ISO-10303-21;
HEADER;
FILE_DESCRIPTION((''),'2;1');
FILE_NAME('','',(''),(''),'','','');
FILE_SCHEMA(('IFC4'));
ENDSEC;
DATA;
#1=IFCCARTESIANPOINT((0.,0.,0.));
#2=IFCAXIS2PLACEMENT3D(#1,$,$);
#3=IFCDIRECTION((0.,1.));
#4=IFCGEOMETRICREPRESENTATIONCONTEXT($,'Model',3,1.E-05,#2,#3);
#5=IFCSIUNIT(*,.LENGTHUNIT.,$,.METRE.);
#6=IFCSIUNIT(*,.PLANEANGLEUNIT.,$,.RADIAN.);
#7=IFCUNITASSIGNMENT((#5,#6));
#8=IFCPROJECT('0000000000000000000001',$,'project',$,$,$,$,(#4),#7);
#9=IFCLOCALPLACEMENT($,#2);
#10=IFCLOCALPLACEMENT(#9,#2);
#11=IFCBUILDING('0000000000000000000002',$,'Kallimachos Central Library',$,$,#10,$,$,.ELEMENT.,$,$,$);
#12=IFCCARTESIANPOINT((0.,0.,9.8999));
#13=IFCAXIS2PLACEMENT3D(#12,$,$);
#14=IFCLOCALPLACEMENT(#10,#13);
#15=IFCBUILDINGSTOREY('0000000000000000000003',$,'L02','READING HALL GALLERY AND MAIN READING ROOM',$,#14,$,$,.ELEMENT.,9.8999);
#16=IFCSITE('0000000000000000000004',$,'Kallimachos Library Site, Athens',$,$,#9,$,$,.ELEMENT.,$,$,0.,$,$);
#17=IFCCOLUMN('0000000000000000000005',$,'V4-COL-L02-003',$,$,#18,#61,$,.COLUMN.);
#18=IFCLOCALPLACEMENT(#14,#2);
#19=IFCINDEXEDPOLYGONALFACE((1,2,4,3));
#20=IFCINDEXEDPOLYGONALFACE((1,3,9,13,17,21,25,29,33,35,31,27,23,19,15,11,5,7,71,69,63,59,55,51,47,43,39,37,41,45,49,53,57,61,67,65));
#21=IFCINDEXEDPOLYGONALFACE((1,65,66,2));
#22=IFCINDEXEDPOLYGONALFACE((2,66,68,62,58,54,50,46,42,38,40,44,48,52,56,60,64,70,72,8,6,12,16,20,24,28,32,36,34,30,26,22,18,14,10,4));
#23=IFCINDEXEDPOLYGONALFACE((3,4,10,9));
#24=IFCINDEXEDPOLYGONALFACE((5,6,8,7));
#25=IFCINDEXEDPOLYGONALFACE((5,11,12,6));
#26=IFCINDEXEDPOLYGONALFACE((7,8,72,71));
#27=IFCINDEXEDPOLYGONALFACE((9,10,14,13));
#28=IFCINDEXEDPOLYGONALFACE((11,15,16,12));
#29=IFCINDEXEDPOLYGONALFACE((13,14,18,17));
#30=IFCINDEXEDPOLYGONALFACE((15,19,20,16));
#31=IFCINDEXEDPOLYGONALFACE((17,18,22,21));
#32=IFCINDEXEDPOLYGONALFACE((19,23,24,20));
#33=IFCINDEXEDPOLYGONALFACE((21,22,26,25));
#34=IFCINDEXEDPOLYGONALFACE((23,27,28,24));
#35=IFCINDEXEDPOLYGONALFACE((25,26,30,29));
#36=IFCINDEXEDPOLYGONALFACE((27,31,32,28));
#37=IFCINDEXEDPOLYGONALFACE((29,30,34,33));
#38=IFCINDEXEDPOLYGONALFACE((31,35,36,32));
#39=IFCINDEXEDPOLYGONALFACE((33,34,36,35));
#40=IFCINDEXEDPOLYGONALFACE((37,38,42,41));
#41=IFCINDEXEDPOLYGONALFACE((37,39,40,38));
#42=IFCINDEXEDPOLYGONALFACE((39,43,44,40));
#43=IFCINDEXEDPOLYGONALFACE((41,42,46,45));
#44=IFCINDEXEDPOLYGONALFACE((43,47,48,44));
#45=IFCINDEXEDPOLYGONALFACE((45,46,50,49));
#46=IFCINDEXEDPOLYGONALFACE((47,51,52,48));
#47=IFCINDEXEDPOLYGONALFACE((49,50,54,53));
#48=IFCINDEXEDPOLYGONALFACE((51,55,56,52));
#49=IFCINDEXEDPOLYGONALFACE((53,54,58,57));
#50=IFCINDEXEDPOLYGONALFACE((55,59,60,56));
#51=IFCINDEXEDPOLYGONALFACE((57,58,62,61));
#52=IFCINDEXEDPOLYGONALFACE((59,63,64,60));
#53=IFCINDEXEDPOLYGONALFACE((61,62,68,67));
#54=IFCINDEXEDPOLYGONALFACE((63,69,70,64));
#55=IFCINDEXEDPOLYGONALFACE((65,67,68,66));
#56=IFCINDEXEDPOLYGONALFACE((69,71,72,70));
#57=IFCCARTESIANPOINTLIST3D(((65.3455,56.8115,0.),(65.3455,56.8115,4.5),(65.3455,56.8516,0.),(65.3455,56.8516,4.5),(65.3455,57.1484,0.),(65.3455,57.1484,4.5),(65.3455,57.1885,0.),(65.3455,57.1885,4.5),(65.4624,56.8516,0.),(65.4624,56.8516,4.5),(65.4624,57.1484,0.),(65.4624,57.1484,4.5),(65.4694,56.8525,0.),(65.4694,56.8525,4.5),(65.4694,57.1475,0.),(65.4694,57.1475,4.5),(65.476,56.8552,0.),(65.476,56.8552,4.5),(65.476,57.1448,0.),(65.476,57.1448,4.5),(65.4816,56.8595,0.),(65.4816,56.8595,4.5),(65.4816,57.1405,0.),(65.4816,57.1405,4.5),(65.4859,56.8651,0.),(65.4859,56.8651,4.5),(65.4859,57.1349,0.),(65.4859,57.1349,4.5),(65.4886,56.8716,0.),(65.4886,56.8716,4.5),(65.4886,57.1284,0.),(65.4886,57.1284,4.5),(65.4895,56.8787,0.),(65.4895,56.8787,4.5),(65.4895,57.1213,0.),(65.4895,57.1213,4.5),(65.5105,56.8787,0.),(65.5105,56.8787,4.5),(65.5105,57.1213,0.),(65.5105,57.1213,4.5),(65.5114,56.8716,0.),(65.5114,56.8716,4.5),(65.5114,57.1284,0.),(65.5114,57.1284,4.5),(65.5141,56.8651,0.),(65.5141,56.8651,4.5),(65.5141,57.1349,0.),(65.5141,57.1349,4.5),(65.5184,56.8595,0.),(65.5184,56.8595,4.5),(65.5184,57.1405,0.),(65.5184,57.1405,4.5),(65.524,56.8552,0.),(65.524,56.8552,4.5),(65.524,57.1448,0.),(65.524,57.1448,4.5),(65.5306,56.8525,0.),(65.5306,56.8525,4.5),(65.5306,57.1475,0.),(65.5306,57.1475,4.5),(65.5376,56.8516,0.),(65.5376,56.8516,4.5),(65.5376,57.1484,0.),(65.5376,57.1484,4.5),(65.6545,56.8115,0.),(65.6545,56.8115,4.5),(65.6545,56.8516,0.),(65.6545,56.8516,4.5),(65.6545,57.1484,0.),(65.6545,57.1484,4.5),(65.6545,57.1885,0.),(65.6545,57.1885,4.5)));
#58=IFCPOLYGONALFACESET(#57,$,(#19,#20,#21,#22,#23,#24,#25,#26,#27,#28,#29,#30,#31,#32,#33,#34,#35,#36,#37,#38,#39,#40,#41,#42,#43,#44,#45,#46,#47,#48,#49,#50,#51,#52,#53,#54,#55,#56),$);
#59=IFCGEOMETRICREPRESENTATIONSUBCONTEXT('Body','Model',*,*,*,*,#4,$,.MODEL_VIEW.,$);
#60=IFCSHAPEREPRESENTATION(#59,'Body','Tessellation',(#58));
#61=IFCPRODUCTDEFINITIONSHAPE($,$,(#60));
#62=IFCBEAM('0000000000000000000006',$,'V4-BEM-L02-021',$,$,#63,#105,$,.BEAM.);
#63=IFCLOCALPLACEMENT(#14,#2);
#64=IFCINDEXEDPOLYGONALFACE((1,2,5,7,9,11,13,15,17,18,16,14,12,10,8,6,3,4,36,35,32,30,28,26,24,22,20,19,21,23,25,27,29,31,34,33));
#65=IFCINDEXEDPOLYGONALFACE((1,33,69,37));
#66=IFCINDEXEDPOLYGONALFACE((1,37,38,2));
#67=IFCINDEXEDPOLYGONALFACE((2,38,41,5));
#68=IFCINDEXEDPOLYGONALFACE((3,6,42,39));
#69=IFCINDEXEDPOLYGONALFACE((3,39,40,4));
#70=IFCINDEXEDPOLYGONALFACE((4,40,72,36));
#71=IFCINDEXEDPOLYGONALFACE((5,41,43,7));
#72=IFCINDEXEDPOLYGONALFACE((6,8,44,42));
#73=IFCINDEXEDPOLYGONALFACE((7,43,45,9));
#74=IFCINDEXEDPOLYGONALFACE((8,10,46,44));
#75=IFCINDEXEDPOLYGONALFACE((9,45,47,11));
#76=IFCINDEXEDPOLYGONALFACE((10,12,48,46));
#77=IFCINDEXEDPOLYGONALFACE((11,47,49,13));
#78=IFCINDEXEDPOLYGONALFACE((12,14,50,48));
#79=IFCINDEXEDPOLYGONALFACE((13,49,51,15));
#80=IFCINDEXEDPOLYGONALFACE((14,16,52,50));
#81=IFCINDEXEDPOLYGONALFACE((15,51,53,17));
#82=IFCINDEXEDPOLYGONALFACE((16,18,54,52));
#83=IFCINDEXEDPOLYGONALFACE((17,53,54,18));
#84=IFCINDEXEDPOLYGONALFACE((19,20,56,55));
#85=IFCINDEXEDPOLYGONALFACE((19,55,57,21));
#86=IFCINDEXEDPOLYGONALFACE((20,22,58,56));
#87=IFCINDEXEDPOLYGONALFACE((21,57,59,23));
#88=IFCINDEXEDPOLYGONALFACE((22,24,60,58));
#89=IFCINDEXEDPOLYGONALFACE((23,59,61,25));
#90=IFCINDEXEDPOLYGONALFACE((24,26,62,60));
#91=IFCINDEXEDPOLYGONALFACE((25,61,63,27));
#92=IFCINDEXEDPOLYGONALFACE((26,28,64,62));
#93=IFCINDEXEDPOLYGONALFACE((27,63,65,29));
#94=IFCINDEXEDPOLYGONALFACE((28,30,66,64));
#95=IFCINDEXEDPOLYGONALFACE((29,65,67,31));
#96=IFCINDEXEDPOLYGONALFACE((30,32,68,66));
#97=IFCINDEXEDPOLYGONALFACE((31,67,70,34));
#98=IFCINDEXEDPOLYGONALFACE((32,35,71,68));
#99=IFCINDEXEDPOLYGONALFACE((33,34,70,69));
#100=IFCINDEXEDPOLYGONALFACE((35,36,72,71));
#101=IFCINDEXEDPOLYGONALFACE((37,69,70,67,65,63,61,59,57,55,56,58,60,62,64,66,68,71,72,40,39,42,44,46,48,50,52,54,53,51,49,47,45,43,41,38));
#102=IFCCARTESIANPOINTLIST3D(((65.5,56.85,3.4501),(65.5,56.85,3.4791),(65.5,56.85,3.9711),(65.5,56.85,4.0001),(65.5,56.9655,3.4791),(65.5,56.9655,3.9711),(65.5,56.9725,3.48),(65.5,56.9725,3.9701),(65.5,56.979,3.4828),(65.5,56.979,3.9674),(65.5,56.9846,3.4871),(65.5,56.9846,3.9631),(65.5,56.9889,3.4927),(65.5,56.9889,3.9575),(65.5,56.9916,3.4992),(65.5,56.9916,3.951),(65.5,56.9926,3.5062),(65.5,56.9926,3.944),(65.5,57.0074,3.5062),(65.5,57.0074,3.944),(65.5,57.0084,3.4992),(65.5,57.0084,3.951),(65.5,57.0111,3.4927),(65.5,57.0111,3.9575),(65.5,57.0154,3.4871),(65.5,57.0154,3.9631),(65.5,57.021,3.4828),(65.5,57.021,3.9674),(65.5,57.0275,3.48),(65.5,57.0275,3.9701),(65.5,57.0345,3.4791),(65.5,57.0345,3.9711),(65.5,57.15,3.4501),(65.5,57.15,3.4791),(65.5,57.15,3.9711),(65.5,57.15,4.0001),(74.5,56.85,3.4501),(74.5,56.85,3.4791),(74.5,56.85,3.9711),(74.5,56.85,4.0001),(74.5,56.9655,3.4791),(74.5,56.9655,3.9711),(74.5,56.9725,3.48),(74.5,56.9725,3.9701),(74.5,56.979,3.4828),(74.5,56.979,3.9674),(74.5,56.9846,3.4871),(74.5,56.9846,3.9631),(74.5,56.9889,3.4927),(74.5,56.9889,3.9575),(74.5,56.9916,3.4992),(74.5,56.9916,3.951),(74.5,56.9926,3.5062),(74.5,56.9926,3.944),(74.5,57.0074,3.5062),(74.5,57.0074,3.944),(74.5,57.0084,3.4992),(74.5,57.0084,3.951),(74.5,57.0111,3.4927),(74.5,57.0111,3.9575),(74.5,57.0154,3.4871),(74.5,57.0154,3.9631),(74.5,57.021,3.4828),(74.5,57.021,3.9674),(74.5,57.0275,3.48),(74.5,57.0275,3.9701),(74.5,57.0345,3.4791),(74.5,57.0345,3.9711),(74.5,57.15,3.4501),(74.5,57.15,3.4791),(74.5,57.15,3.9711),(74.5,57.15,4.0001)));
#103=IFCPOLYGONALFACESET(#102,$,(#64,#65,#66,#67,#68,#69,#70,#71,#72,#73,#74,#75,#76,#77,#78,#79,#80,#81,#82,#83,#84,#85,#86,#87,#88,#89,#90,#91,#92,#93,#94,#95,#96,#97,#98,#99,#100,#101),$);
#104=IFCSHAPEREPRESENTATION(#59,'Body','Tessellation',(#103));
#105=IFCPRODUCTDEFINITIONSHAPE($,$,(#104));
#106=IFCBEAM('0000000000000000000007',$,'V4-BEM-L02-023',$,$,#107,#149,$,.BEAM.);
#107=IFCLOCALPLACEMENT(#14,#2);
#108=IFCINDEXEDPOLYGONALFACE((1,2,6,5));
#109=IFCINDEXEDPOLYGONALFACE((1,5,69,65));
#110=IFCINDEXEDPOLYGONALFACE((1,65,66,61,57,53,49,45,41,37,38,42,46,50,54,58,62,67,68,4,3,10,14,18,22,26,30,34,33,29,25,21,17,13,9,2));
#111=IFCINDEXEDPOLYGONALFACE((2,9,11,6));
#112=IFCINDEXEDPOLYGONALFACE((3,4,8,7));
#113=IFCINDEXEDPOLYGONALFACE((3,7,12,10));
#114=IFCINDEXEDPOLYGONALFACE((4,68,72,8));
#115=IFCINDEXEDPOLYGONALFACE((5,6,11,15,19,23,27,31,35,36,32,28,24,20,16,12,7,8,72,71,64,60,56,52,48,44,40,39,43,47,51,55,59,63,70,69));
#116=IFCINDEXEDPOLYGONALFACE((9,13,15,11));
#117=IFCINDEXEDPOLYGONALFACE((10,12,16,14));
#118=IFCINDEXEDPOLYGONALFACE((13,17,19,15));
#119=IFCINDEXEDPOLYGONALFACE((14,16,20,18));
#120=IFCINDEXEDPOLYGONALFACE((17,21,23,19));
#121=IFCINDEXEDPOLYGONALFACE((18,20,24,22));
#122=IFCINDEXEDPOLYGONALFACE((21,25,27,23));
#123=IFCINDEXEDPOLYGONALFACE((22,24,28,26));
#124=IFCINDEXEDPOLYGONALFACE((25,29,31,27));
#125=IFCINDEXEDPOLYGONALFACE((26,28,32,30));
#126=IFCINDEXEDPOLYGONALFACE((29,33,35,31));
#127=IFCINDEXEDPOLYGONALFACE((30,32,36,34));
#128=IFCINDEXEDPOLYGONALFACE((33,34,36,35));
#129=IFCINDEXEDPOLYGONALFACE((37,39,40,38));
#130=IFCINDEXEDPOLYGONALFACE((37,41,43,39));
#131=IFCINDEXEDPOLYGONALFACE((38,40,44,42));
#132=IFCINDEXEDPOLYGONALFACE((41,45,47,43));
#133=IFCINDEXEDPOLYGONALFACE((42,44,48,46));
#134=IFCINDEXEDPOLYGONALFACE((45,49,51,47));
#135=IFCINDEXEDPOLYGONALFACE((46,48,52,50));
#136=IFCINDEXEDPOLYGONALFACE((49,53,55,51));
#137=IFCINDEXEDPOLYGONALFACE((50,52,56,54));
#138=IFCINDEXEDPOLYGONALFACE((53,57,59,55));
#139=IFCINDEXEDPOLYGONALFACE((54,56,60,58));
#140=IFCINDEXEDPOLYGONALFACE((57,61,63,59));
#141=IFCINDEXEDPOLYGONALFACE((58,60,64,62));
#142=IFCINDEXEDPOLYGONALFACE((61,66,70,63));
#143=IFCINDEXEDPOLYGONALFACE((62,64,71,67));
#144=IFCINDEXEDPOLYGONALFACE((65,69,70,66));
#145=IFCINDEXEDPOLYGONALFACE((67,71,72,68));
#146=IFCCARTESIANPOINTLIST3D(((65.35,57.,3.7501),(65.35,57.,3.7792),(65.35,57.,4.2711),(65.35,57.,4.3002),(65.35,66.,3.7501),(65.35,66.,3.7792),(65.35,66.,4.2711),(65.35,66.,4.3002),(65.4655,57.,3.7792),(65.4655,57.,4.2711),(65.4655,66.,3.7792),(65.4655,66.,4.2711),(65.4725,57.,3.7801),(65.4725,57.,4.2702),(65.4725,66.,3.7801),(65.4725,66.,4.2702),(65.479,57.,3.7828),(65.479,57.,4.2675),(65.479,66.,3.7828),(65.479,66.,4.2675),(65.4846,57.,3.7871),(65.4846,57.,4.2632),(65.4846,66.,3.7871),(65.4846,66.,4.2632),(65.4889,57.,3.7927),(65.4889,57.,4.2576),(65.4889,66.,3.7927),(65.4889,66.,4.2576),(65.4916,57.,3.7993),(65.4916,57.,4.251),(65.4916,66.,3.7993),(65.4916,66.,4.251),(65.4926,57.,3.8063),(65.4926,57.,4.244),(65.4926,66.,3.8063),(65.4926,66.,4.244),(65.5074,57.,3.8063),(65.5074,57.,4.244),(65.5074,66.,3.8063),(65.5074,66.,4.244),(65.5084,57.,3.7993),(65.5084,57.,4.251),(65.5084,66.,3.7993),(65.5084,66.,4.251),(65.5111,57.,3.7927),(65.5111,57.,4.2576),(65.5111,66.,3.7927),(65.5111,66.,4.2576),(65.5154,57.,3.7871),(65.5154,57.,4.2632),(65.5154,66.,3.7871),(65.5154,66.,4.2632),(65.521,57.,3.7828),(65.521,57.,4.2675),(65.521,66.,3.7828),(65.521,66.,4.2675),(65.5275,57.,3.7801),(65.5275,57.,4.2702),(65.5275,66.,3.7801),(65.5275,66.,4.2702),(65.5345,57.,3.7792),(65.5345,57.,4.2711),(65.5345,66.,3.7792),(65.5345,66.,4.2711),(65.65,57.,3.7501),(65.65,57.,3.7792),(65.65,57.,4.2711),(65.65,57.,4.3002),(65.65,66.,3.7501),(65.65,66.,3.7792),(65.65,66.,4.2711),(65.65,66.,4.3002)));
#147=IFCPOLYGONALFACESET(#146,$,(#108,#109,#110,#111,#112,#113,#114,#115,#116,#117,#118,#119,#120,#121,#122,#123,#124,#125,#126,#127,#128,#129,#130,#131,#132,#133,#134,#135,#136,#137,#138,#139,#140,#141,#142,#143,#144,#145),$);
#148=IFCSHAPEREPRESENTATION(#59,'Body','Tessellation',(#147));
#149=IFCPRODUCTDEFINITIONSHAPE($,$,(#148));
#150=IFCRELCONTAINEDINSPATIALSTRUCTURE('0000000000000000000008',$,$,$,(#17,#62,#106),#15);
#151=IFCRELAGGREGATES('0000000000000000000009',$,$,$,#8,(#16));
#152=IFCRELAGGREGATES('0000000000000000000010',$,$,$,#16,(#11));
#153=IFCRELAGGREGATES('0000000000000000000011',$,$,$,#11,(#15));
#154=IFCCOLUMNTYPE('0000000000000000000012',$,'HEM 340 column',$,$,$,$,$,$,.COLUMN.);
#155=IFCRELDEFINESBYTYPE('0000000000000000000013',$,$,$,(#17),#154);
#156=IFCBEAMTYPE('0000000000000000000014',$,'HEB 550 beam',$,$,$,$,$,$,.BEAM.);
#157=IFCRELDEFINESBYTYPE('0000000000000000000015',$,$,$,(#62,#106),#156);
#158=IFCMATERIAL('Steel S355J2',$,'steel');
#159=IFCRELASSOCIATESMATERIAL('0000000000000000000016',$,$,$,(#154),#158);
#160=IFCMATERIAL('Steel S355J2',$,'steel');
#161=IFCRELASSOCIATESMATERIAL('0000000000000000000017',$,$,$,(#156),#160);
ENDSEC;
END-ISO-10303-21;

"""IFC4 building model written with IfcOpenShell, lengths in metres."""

from ifc_helpers import new_model, si_unit, direction, frame, origin, origin_2d, place, context, subcontext, project, spatial, i_section, extrude, material, material_profile, profile_set, type_object, element, save


model = new_model("IFC4")

# Units and contexts
model_context = context("Model", 3, precision=1e-05, world=origin(), true_north=direction((0.0, 1.0)))
body_context = subcontext(model_context, "Body", "Model", "MODEL_VIEW")
ifc_project = project(units=[si_unit("LENGTHUNIT", "METRE"), si_unit("PLANEANGLEUNIT", "RADIAN")], contexts=[model_context])

# Site, building, storey
site_placement = place(None, origin())
site = spatial("IfcSite", under=ifc_project, at=site_placement, Name="Kallimachos Library Site, Athens", CompositionType="ELEMENT", RefElevation=0.0)
building_placement = place(site_placement, origin())
building = spatial("IfcBuilding", under=site, at=building_placement, Name="Kallimachos Central Library", CompositionType="ELEMENT")
storey_placement = place(building_placement, frame((0.0, 0.0, 9.8999)))
storey = spatial("IfcBuildingStorey", under=building, at=storey_placement, Name="L02", Description="READING HALL GALLERY AND MAIN READING ROOM", CompositionType="ELEMENT", Elevation=9.8999)

# Column
ifc_material_1 = material(Name="Steel S355J2", Category="steel")
ifc_material_profile_1 = material_profile(ifc_material_1, i_section(OverallWidth=0.3091, OverallDepth=0.377, WebThickness=0.021, FlangeThickness=0.04, FilletRadius=0.0271, at=origin_2d()), Name="HEM 340")
ifc_profile_set_1 = profile_set([ifc_material_profile_1], Name="Steel S355J2")
column_type = type_object("IfcColumnType", Name="HEM 340 column", PredefinedType="COLUMN", material=ifc_profile_set_1)
column_placement = place(storey_placement, frame((65.5, 57.0, 0.0), z_axis=(0.0, 0.0, 1.0), x_axis=(1.0, 0.0, 0.0)))
element("IfcColumn", 1, at=column_placement, inside=storey, type_object=column_type, Name="V4-COL-L02-003", PredefinedType="COLUMN", context=body_context, shape_type="SweptSolid", body=[
    extrude(i_section(OverallWidth=0.3091, OverallDepth=0.377, WebThickness=0.021, FlangeThickness=0.04, FilletRadius=0.0271, at=origin_2d()), origin(), (0.0, 0.0, 1.0), 4.5),
])

# Beams
ifc_material_2 = material(Name="Steel S355J2", Category="steel")
ifc_material_profile_2 = material_profile(ifc_material_2, i_section(OverallWidth=0.3, OverallDepth=0.55, WebThickness=0.0149, FlangeThickness=0.0291, FilletRadius=0.0271, at=origin_2d()), Name="HEB 550")
ifc_profile_set_2 = profile_set([ifc_material_profile_2], Name="Steel S355J2")
beam_type = type_object("IfcBeamType", Name="HEB 550 beam", PredefinedType="BEAM", material=ifc_profile_set_2)
for number, where, z_axis, x_axis, name in (
    (2, (65.5, 57.0, 3.7251), (1.0, 0.0, 0.0), (0.0, 1.0, 0.0), "V4-BEM-L02-021"),
    (3, (65.5, 57.0, 4.0251), (0.0, 1.0, 0.0), (-1.0, 0.0, 0.0), "V4-BEM-L02-023"),
):
    element("IfcBeam", number, at=place(storey_placement, frame(where, z_axis=z_axis, x_axis=x_axis)), inside=storey, type_object=beam_type, Name=name, PredefinedType="BEAM", context=body_context, shape_type="SweptSolid", body=[
        extrude(i_section(OverallWidth=0.3, OverallDepth=0.55, WebThickness=0.0149, FlangeThickness=0.0291, FilletRadius=0.0271, at=origin_2d()), origin(), (0.0, 0.0, 1.0), 9.0),
    ])

save(model, "model.ifc")
